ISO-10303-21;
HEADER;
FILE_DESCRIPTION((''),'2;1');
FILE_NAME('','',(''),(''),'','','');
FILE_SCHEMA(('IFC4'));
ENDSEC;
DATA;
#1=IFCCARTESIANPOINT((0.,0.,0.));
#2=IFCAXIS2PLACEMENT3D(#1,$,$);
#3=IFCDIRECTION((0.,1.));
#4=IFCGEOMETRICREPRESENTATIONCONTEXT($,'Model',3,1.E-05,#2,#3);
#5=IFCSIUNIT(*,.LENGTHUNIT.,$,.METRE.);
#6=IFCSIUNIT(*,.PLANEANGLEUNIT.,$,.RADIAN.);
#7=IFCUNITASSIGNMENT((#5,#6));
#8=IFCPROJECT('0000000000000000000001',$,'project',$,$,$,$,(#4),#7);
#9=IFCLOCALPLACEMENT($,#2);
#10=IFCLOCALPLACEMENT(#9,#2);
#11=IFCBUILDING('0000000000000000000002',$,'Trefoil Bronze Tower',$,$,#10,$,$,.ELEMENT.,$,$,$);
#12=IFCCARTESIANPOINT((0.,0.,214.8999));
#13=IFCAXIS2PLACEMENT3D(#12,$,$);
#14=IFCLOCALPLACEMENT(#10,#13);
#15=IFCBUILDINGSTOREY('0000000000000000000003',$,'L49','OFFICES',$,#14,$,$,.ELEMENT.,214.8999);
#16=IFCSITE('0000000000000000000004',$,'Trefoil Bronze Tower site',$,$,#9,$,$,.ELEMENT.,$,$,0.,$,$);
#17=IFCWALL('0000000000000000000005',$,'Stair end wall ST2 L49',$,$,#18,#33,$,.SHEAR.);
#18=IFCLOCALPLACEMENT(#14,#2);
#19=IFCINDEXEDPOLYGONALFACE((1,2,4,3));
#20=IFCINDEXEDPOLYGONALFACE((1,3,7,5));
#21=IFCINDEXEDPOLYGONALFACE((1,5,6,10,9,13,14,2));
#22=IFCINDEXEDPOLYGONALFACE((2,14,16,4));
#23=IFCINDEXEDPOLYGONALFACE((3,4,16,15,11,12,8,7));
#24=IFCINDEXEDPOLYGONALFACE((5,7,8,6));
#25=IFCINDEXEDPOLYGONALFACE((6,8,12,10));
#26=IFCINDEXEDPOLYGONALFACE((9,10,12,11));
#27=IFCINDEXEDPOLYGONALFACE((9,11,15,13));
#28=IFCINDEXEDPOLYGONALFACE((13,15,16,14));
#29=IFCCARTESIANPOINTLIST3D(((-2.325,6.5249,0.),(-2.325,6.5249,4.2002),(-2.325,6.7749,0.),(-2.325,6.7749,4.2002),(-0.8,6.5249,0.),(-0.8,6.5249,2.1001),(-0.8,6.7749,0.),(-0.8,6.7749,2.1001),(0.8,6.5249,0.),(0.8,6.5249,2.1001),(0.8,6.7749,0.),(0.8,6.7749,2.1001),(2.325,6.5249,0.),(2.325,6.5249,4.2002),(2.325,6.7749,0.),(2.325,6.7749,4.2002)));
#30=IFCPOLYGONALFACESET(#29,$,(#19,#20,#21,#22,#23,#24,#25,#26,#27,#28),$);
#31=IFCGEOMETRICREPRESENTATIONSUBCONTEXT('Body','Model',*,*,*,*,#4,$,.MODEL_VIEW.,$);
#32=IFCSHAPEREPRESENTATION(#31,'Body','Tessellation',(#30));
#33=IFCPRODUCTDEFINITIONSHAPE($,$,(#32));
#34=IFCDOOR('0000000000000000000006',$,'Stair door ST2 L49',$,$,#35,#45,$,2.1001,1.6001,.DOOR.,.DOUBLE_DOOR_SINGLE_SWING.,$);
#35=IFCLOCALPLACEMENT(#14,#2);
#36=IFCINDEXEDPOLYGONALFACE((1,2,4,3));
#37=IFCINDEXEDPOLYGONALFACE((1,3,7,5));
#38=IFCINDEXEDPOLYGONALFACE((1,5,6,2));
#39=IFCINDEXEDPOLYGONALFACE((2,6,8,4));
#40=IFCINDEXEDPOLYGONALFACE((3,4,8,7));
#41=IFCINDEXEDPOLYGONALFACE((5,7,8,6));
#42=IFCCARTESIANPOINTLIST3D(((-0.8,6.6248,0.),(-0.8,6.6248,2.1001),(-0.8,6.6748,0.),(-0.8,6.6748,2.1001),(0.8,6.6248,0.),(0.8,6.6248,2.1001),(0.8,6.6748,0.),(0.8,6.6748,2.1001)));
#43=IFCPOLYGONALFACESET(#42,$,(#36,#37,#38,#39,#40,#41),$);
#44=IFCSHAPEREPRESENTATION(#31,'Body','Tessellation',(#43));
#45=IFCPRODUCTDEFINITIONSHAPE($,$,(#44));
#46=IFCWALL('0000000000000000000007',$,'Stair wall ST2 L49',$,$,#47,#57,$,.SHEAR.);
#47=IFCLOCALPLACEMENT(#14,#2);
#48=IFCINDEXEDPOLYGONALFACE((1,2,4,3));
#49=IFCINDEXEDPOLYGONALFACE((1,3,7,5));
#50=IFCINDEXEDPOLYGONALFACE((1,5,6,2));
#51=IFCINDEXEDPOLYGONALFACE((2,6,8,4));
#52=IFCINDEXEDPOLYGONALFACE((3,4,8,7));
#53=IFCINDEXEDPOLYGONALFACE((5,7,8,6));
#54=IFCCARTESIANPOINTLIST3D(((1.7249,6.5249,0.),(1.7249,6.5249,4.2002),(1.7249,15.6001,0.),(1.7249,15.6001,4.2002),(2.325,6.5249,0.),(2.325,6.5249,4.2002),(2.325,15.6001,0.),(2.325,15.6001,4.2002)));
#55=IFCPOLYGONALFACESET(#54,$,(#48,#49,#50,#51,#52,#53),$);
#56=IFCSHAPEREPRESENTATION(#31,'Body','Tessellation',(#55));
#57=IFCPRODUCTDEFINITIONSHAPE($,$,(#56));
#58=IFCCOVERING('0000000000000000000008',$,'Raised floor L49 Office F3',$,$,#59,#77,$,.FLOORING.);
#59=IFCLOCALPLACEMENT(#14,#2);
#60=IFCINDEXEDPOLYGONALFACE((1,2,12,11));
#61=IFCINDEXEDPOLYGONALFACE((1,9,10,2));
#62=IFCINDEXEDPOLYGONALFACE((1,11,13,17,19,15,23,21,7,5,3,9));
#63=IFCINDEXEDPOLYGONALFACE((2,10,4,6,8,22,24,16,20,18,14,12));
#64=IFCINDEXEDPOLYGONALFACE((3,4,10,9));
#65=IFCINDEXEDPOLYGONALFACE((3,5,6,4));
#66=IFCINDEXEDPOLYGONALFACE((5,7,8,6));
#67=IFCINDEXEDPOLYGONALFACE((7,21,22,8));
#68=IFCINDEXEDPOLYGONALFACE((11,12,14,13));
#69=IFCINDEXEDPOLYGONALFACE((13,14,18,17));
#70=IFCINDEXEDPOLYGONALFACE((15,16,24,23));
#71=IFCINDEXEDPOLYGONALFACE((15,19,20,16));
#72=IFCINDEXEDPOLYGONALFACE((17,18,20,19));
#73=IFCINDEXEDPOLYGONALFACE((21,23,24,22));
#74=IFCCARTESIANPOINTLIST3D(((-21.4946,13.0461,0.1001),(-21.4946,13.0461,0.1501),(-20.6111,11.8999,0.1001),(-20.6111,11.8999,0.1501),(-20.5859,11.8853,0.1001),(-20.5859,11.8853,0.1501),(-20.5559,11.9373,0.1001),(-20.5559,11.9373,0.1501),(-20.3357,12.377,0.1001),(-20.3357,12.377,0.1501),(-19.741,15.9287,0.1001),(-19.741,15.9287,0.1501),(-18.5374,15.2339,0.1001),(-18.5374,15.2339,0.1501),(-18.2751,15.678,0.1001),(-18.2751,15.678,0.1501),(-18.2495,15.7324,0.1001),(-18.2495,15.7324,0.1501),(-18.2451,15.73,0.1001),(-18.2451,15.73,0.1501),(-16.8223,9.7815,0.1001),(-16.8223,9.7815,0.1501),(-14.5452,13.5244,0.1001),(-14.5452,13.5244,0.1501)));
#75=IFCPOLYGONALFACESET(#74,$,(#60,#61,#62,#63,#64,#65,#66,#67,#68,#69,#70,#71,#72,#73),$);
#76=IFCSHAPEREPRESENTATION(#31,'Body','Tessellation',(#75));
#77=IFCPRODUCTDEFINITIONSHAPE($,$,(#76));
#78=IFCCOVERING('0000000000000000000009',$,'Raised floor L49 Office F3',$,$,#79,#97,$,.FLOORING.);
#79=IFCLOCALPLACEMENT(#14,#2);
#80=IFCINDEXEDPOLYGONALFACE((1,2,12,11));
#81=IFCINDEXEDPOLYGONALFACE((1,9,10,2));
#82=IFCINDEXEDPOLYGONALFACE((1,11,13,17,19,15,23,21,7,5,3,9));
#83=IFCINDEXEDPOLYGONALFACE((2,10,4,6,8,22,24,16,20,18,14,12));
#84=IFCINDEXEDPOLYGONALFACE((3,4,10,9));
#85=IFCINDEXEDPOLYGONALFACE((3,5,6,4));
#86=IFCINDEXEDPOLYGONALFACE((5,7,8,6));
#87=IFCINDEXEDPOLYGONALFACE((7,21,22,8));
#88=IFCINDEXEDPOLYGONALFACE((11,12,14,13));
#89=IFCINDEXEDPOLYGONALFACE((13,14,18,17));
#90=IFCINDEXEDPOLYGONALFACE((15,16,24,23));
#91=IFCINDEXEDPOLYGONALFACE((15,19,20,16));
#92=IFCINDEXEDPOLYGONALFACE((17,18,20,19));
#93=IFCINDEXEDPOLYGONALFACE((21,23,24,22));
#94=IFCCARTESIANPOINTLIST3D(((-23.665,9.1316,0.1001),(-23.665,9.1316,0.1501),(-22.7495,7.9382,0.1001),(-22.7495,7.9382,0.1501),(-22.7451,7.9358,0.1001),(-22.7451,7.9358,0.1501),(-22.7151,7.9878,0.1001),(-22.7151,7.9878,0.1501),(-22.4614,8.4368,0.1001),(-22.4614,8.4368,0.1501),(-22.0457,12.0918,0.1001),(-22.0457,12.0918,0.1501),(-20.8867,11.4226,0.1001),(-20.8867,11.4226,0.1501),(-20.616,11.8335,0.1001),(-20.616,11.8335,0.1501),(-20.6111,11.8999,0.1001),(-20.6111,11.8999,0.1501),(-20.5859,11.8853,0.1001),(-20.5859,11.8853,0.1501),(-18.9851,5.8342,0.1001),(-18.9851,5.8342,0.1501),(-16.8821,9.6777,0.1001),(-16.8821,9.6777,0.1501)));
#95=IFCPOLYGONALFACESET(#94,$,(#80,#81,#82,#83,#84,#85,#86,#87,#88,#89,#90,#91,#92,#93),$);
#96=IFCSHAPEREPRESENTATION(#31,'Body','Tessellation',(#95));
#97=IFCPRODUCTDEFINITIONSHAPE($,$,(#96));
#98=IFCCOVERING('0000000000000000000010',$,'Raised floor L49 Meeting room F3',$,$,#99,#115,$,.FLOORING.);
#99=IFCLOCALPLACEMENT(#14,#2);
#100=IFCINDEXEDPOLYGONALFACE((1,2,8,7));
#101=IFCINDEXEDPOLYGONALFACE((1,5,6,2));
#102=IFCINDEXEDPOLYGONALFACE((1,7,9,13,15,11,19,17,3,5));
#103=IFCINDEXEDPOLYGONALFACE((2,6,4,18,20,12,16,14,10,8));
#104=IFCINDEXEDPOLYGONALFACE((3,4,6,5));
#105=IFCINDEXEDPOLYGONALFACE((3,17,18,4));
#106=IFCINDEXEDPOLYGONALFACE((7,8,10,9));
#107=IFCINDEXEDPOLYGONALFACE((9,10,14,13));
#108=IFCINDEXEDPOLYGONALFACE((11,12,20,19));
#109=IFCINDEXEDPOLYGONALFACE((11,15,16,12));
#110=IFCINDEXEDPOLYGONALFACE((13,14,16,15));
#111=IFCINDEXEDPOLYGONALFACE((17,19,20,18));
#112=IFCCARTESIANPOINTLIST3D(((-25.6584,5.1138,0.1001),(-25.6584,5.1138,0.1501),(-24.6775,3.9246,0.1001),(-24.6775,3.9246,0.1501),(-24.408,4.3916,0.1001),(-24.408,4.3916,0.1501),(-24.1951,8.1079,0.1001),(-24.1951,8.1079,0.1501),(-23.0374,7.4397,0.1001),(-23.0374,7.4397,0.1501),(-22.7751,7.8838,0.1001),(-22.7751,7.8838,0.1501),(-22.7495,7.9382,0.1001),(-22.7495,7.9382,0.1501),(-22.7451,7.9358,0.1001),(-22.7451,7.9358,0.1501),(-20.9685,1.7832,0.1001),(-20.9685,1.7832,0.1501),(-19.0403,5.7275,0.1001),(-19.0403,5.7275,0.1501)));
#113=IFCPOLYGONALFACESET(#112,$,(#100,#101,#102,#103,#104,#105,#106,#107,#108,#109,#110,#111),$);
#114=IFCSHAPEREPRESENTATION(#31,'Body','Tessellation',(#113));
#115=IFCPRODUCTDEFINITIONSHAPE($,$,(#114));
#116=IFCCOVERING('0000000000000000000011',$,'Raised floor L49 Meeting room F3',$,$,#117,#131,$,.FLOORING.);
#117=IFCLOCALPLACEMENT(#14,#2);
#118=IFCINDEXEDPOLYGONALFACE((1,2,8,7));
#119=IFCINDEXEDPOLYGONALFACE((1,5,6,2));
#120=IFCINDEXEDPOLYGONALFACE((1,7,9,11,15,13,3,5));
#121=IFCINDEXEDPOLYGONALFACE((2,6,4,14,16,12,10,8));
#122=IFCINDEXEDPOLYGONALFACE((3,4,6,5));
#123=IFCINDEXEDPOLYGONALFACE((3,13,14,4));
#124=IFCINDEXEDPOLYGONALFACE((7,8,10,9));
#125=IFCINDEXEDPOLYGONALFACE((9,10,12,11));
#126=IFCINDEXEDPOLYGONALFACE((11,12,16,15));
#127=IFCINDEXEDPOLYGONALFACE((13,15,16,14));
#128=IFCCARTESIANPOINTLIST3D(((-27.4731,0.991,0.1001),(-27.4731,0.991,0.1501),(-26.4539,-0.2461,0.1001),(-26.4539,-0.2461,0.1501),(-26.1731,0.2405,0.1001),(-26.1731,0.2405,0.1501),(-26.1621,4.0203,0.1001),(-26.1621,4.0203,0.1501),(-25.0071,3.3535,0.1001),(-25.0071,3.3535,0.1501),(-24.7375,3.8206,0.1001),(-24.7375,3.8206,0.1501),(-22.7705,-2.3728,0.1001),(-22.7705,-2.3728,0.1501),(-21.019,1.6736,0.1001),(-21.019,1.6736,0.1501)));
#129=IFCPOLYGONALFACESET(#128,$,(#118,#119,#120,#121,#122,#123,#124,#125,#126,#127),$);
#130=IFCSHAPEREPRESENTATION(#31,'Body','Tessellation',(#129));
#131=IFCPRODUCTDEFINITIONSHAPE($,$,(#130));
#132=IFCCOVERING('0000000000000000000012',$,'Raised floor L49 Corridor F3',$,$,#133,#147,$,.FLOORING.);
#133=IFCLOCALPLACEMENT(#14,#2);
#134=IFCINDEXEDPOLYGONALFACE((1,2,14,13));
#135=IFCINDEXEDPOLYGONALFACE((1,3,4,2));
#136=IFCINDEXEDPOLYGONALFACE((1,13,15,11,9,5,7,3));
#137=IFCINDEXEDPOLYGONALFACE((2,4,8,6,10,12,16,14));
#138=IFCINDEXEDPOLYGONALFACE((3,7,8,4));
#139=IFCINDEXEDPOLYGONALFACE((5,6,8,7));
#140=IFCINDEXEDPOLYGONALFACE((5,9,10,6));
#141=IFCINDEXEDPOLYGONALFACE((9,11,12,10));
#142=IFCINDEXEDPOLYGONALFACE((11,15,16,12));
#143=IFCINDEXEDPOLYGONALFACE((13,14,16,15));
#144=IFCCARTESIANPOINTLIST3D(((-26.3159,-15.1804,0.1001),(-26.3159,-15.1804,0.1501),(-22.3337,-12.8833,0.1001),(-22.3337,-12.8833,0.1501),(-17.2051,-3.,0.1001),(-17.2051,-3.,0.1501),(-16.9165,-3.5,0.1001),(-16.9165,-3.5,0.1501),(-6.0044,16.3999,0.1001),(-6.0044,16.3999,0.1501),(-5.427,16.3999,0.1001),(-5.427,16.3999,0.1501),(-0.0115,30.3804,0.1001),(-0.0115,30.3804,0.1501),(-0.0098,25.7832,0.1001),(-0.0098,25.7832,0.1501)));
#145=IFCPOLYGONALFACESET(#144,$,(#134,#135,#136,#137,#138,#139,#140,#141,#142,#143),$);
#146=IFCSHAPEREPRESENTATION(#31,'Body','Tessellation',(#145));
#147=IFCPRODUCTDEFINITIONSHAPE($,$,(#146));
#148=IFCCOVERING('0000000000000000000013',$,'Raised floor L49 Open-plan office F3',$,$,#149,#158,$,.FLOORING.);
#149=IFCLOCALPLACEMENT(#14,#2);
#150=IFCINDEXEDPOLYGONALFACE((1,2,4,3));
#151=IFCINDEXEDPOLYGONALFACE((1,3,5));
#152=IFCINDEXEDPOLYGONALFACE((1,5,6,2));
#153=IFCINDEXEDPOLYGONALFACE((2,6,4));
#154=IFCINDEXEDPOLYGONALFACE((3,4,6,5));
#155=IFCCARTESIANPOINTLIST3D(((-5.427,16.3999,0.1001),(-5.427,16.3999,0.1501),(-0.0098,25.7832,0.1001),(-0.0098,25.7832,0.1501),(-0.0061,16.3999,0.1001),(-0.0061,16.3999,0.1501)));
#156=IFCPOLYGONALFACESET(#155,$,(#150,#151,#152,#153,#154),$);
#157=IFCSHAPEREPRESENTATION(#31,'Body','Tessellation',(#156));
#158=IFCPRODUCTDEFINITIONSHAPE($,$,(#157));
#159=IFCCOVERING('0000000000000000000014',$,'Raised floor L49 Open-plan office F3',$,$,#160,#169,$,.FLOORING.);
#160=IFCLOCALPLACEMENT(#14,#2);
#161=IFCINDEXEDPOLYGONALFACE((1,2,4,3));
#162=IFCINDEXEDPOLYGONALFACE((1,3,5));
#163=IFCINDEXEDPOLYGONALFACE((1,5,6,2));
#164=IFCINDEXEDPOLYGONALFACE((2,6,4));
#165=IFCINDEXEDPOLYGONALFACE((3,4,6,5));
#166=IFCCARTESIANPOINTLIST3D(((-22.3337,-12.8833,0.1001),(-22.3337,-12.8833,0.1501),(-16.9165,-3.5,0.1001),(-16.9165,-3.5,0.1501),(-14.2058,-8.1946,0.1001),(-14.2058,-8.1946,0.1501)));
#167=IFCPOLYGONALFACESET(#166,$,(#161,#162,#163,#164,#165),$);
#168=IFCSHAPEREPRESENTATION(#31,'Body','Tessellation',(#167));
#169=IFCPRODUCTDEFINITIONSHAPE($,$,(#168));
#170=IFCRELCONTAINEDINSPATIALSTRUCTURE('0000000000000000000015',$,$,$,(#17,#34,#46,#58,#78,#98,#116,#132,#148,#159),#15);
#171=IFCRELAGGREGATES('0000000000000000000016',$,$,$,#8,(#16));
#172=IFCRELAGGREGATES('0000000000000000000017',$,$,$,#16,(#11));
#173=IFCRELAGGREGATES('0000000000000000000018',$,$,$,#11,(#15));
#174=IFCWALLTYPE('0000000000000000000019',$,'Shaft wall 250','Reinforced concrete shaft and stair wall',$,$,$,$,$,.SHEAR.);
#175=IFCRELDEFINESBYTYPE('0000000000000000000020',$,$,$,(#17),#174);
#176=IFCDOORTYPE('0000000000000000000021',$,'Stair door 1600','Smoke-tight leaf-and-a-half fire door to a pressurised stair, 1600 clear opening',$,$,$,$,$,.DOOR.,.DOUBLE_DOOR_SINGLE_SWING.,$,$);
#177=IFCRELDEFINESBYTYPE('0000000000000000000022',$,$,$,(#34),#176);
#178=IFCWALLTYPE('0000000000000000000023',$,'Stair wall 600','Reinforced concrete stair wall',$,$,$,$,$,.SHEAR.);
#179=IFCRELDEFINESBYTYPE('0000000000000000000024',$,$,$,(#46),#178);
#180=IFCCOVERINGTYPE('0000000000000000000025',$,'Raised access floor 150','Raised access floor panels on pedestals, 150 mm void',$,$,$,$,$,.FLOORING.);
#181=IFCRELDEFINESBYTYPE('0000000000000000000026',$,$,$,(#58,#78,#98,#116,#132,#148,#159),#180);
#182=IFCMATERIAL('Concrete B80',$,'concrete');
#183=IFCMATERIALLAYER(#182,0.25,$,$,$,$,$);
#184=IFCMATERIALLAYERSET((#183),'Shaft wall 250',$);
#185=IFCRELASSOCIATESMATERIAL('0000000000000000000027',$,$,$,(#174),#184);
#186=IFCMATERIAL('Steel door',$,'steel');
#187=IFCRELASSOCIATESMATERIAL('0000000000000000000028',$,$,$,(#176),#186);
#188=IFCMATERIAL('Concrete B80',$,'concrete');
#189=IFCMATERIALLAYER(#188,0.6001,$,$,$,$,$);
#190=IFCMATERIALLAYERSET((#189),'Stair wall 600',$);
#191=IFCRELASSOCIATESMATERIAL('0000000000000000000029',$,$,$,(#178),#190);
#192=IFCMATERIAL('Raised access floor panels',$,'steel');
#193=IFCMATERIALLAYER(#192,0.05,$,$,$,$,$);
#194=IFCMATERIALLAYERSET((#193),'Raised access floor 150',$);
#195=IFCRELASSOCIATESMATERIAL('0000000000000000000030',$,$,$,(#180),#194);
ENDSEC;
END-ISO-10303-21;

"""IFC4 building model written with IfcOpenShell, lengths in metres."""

from ifc_helpers import new_model, si_unit, direction, frame, frame_2d, origin, place, context, subcontext, project, spatial, polyline, rectangle, outline, extrude, material, layer, layer_set, type_object, element, fill, save


model = new_model("IFC4")

# Units and contexts
model_context = context("Model", 3, precision=1e-05, world=origin(), true_north=direction((0.0, 1.0)))
body_context = subcontext(model_context, "Body", "Model", "MODEL_VIEW")
ifc_project = project(units=[si_unit("LENGTHUNIT", "METRE"), si_unit("PLANEANGLEUNIT", "RADIAN")], contexts=[model_context])

# Site, building, storey
site_placement = place(None, origin())
site = spatial("IfcSite", under=ifc_project, at=site_placement, Name="Trefoil Bronze Tower site", CompositionType="ELEMENT", RefElevation=0.0)
building_placement = place(site_placement, origin())
building = spatial("IfcBuilding", under=site, at=building_placement, Name="Trefoil Bronze Tower", CompositionType="ELEMENT")
storey_placement = place(building_placement, frame((0.0, 0.0, 214.8999)))
storey = spatial("IfcBuildingStorey", under=building, at=storey_placement, Name="L49", Description="OFFICES", CompositionType="ELEMENT", Elevation=214.8999)

# Shared definitions
ifc_material_1 = material(Name="Concrete B80", Category="concrete")
ifc_layer_1 = layer(ifc_material_1, 0.25)
ifc_layer_set_1 = layer_set([ifc_layer_1], Name="Shaft wall 250")
wall_type_1 = type_object("IfcWallType", Name="Shaft wall 250", Description="Reinforced concrete shaft and stair wall", PredefinedType="SHEAR", material=ifc_layer_set_1)

# Wall, opening, door
wall_1_placement = place(storey_placement, frame((2.325, 6.6499, 0.0), z_axis=(0.0, 0.0, 1.0), x_axis=(-1.0, 0.0, 0.0)))
wall_1 = element("IfcWall", 1, at=wall_1_placement, inside=storey, type_object=wall_type_1, Name="Stair end wall ST2 L49", PredefinedType="SHEAR", context=body_context, shape_type="SweptSolid", body=[
    extrude(rectangle(XDim=4.6499, YDim=0.25, at=frame_2d((2.325, 0.0))), origin(), (0.0, 0.0, 1.0), 4.2002),
])
opening_1_placement = place(wall_1_placement, frame((1.5249, 0.0, 0.0)))
opening_1 = element("IfcOpeningElement", 2, at=opening_1_placement, cuts=wall_1, PredefinedType="OPENING", context=body_context, shape_type="SweptSolid", body=[
    extrude(rectangle(XDim=1.6001, YDim=2.1001, at=frame_2d((0.8, 1.05))), frame((0.0, 0.135, 0.0), z_axis=(0.0, -1.0, 0.0), x_axis=(1.0, 0.0, 0.0)), (0.0, 0.0, 1.0), 0.27),
])
ifc_material_2 = material(Name="Steel door", Category="steel")
door_type_1 = type_object("IfcDoorType", Name="Stair door 1600", Description="Smoke-tight leaf-and-a-half fire door to a pressurised stair, 1600 clear opening", OperationType="DOUBLE_DOOR_SINGLE_SWING", PredefinedType="DOOR", material=ifc_material_2)
door_1_placement = place(opening_1_placement, frame((1.6001, 0.0, 0.0), z_axis=(0.0, 0.0, 1.0), x_axis=(-1.0, 0.0, 0.0)))
door_1 = element("IfcDoor", 3, at=door_1_placement, inside=storey, type_object=door_type_1, Name="Stair door ST2 L49", OperationType="DOUBLE_DOOR_SINGLE_SWING", OverallHeight=2.1001, OverallWidth=1.6001, PredefinedType="DOOR", context=body_context, shape_type="SweptSolid", body=[
    extrude(rectangle(XDim=1.6001, YDim=2.1001, at=frame_2d((0.8, 1.05))), frame((0.0, 0.0249, 0.0), z_axis=(0.0, -1.0, 0.0), x_axis=(1.0, 0.0, 0.0)), (0.0, 0.0, 1.0), 0.05),
])
fill(opening_1, door_1)

# Wall
ifc_material_3 = material(Name="Concrete B80", Category="concrete")
ifc_layer_2 = layer(ifc_material_3, 0.6001)
ifc_layer_set_2 = layer_set([ifc_layer_2], Name="Stair wall 600")
wall_type_2 = type_object("IfcWallType", Name="Stair wall 600", Description="Reinforced concrete stair wall", PredefinedType="SHEAR", material=ifc_layer_set_2)
wall_2_placement = place(storey_placement, frame((2.0249, 6.5249, 0.0), z_axis=(0.0, 0.0, 1.0), x_axis=(0.0, 1.0, 0.0)))
element("IfcWall", 4, at=wall_2_placement, inside=storey, type_object=wall_type_2, Name="Stair wall ST2 L49", PredefinedType="SHEAR", context=body_context, shape_type="SweptSolid", body=[
    extrude(rectangle(XDim=9.0752, YDim=0.6001, at=frame_2d((4.5376, 0.0))), origin(), (0.0, 0.0, 1.0), 4.2002),
])

# Coverings
ifc_material_4 = material(Name="Raised access floor panels", Category="steel")
ifc_layer_3 = layer(ifc_material_4, 0.05)
ifc_layer_set_3 = layer_set([ifc_layer_3], Name="Raised access floor 150")
covering_type = type_object("IfcCoveringType", Name="Raised access floor 150", Description="Raised access floor panels on pedestals, 150 mm void", PredefinedType="FLOORING", material=ifc_layer_set_3)
covering_1_placement = place(storey_placement, frame((0.0, 0.0, 0.1001)))
element("IfcCovering", 5, at=covering_1_placement, inside=storey, type_object=covering_type, Name="Raised floor L49 Office F3", PredefinedType="FLOORING", context=body_context, shape_type="SweptSolid", body=[
    extrude(outline(polyline([(-18.2451, 15.73), (-18.2751, 15.678), (-14.5452, 13.5244), (-16.8223, 9.7815), (-20.5559, 11.9373), (-20.5859, 11.8853), (-20.6111, 11.8999), (-20.3357, 12.377), (-21.4946, 13.0461), (-19.741, 15.9287), (-18.5374, 15.2339), (-18.2495, 15.7324), (-18.2451, 15.73)])), origin(), (0.0, 0.0, 1.0), 0.05),
])
covering_2_placement = place(storey_placement, frame((0.0, 0.0, 0.1001)))
element("IfcCovering", 6, at=covering_2_placement, inside=storey, type_object=covering_type, Name="Raised floor L49 Office F3", PredefinedType="FLOORING", context=body_context, shape_type="SweptSolid", body=[
    extrude(outline(polyline([(-20.5859, 11.8853), (-20.616, 11.8335), (-16.8821, 9.6777), (-18.9851, 5.8342), (-22.7151, 7.9878), (-22.7451, 7.9358), (-22.7495, 7.9382), (-22.4614, 8.4368), (-23.665, 9.1316), (-22.0457, 12.0918), (-20.8867, 11.4226), (-20.6111, 11.8999), (-20.5859, 11.8853)])), origin(), (0.0, 0.0, 1.0), 0.05),
])
covering_3_placement = place(storey_placement, frame((0.0, 0.0, 0.1001)))
element("IfcCovering", 7, at=covering_3_placement, inside=storey, type_object=covering_type, Name="Raised floor L49 Meeting room F3", PredefinedType="FLOORING", context=body_context, shape_type="SweptSolid", body=[
    extrude(outline(polyline([(-22.7451, 7.9358), (-22.7751, 7.8838), (-19.0403, 5.7275), (-20.9685, 1.7832), (-24.6775, 3.9246), (-24.408, 4.3916), (-25.6584, 5.1138), (-24.1951, 8.1079), (-23.0374, 7.4397), (-22.7495, 7.9382), (-22.7451, 7.9358)])), origin(), (0.0, 0.0, 1.0), 0.05),
])
covering_4_placement = place(storey_placement, frame((0.0, 0.0, 0.1001)))
element("IfcCovering", 8, at=covering_4_placement, inside=storey, type_object=covering_type, Name="Raised floor L49 Meeting room F3", PredefinedType="FLOORING", context=body_context, shape_type="SweptSolid", body=[
    extrude(outline(polyline([(-21.019, 1.6736), (-22.7705, -2.3728), (-26.4539, -0.2461), (-26.1731, 0.2405), (-27.4731, 0.991), (-26.1621, 4.0203), (-25.0071, 3.3535), (-24.7375, 3.8206), (-21.019, 1.6736)])), origin(), (0.0, 0.0, 1.0), 0.05),
])
covering_5_placement = place(storey_placement, frame((0.0, 0.0, 0.1001)))
element("IfcCovering", 9, at=covering_5_placement, inside=storey, type_object=covering_type, Name="Raised floor L49 Corridor F3", PredefinedType="FLOORING", context=body_context, shape_type="SweptSolid", body=[
    extrude(outline(polyline([(-26.3159, -15.1804), (-0.0115, 30.3804), (-0.0098, 25.7832), (-5.427, 16.3999), (-6.0044, 16.3999), (-17.2051, -3.0), (-16.9165, -3.5), (-22.3337, -12.8833), (-26.3159, -15.1804)])), origin(), (0.0, 0.0, 1.0), 0.05),
])
covering_6_placement = place(storey_placement, frame((0.0, 0.0, 0.1001)))
element("IfcCovering", 10, at=covering_6_placement, inside=storey, type_object=covering_type, Name="Raised floor L49 Open-plan office F3", PredefinedType="FLOORING", context=body_context, shape_type="SweptSolid", body=[
    extrude(outline(polyline([(-0.0098, 25.7832), (-0.0061, 16.3999), (-5.427, 16.3999), (-0.0098, 25.7832)])), origin(), (0.0, 0.0, 1.0), 0.05),
])
covering_7_placement = place(storey_placement, frame((0.0, 0.0, 0.1001)))
element("IfcCovering", 11, at=covering_7_placement, inside=storey, type_object=covering_type, Name="Raised floor L49 Open-plan office F3", PredefinedType="FLOORING", context=body_context, shape_type="SweptSolid", body=[
    extrude(outline(polyline([(-16.9165, -3.5), (-14.2058, -8.1946), (-22.3337, -12.8833), (-16.9165, -3.5)])), origin(), (0.0, 0.0, 1.0), 0.05),
])

save(model, "model.ifc")
